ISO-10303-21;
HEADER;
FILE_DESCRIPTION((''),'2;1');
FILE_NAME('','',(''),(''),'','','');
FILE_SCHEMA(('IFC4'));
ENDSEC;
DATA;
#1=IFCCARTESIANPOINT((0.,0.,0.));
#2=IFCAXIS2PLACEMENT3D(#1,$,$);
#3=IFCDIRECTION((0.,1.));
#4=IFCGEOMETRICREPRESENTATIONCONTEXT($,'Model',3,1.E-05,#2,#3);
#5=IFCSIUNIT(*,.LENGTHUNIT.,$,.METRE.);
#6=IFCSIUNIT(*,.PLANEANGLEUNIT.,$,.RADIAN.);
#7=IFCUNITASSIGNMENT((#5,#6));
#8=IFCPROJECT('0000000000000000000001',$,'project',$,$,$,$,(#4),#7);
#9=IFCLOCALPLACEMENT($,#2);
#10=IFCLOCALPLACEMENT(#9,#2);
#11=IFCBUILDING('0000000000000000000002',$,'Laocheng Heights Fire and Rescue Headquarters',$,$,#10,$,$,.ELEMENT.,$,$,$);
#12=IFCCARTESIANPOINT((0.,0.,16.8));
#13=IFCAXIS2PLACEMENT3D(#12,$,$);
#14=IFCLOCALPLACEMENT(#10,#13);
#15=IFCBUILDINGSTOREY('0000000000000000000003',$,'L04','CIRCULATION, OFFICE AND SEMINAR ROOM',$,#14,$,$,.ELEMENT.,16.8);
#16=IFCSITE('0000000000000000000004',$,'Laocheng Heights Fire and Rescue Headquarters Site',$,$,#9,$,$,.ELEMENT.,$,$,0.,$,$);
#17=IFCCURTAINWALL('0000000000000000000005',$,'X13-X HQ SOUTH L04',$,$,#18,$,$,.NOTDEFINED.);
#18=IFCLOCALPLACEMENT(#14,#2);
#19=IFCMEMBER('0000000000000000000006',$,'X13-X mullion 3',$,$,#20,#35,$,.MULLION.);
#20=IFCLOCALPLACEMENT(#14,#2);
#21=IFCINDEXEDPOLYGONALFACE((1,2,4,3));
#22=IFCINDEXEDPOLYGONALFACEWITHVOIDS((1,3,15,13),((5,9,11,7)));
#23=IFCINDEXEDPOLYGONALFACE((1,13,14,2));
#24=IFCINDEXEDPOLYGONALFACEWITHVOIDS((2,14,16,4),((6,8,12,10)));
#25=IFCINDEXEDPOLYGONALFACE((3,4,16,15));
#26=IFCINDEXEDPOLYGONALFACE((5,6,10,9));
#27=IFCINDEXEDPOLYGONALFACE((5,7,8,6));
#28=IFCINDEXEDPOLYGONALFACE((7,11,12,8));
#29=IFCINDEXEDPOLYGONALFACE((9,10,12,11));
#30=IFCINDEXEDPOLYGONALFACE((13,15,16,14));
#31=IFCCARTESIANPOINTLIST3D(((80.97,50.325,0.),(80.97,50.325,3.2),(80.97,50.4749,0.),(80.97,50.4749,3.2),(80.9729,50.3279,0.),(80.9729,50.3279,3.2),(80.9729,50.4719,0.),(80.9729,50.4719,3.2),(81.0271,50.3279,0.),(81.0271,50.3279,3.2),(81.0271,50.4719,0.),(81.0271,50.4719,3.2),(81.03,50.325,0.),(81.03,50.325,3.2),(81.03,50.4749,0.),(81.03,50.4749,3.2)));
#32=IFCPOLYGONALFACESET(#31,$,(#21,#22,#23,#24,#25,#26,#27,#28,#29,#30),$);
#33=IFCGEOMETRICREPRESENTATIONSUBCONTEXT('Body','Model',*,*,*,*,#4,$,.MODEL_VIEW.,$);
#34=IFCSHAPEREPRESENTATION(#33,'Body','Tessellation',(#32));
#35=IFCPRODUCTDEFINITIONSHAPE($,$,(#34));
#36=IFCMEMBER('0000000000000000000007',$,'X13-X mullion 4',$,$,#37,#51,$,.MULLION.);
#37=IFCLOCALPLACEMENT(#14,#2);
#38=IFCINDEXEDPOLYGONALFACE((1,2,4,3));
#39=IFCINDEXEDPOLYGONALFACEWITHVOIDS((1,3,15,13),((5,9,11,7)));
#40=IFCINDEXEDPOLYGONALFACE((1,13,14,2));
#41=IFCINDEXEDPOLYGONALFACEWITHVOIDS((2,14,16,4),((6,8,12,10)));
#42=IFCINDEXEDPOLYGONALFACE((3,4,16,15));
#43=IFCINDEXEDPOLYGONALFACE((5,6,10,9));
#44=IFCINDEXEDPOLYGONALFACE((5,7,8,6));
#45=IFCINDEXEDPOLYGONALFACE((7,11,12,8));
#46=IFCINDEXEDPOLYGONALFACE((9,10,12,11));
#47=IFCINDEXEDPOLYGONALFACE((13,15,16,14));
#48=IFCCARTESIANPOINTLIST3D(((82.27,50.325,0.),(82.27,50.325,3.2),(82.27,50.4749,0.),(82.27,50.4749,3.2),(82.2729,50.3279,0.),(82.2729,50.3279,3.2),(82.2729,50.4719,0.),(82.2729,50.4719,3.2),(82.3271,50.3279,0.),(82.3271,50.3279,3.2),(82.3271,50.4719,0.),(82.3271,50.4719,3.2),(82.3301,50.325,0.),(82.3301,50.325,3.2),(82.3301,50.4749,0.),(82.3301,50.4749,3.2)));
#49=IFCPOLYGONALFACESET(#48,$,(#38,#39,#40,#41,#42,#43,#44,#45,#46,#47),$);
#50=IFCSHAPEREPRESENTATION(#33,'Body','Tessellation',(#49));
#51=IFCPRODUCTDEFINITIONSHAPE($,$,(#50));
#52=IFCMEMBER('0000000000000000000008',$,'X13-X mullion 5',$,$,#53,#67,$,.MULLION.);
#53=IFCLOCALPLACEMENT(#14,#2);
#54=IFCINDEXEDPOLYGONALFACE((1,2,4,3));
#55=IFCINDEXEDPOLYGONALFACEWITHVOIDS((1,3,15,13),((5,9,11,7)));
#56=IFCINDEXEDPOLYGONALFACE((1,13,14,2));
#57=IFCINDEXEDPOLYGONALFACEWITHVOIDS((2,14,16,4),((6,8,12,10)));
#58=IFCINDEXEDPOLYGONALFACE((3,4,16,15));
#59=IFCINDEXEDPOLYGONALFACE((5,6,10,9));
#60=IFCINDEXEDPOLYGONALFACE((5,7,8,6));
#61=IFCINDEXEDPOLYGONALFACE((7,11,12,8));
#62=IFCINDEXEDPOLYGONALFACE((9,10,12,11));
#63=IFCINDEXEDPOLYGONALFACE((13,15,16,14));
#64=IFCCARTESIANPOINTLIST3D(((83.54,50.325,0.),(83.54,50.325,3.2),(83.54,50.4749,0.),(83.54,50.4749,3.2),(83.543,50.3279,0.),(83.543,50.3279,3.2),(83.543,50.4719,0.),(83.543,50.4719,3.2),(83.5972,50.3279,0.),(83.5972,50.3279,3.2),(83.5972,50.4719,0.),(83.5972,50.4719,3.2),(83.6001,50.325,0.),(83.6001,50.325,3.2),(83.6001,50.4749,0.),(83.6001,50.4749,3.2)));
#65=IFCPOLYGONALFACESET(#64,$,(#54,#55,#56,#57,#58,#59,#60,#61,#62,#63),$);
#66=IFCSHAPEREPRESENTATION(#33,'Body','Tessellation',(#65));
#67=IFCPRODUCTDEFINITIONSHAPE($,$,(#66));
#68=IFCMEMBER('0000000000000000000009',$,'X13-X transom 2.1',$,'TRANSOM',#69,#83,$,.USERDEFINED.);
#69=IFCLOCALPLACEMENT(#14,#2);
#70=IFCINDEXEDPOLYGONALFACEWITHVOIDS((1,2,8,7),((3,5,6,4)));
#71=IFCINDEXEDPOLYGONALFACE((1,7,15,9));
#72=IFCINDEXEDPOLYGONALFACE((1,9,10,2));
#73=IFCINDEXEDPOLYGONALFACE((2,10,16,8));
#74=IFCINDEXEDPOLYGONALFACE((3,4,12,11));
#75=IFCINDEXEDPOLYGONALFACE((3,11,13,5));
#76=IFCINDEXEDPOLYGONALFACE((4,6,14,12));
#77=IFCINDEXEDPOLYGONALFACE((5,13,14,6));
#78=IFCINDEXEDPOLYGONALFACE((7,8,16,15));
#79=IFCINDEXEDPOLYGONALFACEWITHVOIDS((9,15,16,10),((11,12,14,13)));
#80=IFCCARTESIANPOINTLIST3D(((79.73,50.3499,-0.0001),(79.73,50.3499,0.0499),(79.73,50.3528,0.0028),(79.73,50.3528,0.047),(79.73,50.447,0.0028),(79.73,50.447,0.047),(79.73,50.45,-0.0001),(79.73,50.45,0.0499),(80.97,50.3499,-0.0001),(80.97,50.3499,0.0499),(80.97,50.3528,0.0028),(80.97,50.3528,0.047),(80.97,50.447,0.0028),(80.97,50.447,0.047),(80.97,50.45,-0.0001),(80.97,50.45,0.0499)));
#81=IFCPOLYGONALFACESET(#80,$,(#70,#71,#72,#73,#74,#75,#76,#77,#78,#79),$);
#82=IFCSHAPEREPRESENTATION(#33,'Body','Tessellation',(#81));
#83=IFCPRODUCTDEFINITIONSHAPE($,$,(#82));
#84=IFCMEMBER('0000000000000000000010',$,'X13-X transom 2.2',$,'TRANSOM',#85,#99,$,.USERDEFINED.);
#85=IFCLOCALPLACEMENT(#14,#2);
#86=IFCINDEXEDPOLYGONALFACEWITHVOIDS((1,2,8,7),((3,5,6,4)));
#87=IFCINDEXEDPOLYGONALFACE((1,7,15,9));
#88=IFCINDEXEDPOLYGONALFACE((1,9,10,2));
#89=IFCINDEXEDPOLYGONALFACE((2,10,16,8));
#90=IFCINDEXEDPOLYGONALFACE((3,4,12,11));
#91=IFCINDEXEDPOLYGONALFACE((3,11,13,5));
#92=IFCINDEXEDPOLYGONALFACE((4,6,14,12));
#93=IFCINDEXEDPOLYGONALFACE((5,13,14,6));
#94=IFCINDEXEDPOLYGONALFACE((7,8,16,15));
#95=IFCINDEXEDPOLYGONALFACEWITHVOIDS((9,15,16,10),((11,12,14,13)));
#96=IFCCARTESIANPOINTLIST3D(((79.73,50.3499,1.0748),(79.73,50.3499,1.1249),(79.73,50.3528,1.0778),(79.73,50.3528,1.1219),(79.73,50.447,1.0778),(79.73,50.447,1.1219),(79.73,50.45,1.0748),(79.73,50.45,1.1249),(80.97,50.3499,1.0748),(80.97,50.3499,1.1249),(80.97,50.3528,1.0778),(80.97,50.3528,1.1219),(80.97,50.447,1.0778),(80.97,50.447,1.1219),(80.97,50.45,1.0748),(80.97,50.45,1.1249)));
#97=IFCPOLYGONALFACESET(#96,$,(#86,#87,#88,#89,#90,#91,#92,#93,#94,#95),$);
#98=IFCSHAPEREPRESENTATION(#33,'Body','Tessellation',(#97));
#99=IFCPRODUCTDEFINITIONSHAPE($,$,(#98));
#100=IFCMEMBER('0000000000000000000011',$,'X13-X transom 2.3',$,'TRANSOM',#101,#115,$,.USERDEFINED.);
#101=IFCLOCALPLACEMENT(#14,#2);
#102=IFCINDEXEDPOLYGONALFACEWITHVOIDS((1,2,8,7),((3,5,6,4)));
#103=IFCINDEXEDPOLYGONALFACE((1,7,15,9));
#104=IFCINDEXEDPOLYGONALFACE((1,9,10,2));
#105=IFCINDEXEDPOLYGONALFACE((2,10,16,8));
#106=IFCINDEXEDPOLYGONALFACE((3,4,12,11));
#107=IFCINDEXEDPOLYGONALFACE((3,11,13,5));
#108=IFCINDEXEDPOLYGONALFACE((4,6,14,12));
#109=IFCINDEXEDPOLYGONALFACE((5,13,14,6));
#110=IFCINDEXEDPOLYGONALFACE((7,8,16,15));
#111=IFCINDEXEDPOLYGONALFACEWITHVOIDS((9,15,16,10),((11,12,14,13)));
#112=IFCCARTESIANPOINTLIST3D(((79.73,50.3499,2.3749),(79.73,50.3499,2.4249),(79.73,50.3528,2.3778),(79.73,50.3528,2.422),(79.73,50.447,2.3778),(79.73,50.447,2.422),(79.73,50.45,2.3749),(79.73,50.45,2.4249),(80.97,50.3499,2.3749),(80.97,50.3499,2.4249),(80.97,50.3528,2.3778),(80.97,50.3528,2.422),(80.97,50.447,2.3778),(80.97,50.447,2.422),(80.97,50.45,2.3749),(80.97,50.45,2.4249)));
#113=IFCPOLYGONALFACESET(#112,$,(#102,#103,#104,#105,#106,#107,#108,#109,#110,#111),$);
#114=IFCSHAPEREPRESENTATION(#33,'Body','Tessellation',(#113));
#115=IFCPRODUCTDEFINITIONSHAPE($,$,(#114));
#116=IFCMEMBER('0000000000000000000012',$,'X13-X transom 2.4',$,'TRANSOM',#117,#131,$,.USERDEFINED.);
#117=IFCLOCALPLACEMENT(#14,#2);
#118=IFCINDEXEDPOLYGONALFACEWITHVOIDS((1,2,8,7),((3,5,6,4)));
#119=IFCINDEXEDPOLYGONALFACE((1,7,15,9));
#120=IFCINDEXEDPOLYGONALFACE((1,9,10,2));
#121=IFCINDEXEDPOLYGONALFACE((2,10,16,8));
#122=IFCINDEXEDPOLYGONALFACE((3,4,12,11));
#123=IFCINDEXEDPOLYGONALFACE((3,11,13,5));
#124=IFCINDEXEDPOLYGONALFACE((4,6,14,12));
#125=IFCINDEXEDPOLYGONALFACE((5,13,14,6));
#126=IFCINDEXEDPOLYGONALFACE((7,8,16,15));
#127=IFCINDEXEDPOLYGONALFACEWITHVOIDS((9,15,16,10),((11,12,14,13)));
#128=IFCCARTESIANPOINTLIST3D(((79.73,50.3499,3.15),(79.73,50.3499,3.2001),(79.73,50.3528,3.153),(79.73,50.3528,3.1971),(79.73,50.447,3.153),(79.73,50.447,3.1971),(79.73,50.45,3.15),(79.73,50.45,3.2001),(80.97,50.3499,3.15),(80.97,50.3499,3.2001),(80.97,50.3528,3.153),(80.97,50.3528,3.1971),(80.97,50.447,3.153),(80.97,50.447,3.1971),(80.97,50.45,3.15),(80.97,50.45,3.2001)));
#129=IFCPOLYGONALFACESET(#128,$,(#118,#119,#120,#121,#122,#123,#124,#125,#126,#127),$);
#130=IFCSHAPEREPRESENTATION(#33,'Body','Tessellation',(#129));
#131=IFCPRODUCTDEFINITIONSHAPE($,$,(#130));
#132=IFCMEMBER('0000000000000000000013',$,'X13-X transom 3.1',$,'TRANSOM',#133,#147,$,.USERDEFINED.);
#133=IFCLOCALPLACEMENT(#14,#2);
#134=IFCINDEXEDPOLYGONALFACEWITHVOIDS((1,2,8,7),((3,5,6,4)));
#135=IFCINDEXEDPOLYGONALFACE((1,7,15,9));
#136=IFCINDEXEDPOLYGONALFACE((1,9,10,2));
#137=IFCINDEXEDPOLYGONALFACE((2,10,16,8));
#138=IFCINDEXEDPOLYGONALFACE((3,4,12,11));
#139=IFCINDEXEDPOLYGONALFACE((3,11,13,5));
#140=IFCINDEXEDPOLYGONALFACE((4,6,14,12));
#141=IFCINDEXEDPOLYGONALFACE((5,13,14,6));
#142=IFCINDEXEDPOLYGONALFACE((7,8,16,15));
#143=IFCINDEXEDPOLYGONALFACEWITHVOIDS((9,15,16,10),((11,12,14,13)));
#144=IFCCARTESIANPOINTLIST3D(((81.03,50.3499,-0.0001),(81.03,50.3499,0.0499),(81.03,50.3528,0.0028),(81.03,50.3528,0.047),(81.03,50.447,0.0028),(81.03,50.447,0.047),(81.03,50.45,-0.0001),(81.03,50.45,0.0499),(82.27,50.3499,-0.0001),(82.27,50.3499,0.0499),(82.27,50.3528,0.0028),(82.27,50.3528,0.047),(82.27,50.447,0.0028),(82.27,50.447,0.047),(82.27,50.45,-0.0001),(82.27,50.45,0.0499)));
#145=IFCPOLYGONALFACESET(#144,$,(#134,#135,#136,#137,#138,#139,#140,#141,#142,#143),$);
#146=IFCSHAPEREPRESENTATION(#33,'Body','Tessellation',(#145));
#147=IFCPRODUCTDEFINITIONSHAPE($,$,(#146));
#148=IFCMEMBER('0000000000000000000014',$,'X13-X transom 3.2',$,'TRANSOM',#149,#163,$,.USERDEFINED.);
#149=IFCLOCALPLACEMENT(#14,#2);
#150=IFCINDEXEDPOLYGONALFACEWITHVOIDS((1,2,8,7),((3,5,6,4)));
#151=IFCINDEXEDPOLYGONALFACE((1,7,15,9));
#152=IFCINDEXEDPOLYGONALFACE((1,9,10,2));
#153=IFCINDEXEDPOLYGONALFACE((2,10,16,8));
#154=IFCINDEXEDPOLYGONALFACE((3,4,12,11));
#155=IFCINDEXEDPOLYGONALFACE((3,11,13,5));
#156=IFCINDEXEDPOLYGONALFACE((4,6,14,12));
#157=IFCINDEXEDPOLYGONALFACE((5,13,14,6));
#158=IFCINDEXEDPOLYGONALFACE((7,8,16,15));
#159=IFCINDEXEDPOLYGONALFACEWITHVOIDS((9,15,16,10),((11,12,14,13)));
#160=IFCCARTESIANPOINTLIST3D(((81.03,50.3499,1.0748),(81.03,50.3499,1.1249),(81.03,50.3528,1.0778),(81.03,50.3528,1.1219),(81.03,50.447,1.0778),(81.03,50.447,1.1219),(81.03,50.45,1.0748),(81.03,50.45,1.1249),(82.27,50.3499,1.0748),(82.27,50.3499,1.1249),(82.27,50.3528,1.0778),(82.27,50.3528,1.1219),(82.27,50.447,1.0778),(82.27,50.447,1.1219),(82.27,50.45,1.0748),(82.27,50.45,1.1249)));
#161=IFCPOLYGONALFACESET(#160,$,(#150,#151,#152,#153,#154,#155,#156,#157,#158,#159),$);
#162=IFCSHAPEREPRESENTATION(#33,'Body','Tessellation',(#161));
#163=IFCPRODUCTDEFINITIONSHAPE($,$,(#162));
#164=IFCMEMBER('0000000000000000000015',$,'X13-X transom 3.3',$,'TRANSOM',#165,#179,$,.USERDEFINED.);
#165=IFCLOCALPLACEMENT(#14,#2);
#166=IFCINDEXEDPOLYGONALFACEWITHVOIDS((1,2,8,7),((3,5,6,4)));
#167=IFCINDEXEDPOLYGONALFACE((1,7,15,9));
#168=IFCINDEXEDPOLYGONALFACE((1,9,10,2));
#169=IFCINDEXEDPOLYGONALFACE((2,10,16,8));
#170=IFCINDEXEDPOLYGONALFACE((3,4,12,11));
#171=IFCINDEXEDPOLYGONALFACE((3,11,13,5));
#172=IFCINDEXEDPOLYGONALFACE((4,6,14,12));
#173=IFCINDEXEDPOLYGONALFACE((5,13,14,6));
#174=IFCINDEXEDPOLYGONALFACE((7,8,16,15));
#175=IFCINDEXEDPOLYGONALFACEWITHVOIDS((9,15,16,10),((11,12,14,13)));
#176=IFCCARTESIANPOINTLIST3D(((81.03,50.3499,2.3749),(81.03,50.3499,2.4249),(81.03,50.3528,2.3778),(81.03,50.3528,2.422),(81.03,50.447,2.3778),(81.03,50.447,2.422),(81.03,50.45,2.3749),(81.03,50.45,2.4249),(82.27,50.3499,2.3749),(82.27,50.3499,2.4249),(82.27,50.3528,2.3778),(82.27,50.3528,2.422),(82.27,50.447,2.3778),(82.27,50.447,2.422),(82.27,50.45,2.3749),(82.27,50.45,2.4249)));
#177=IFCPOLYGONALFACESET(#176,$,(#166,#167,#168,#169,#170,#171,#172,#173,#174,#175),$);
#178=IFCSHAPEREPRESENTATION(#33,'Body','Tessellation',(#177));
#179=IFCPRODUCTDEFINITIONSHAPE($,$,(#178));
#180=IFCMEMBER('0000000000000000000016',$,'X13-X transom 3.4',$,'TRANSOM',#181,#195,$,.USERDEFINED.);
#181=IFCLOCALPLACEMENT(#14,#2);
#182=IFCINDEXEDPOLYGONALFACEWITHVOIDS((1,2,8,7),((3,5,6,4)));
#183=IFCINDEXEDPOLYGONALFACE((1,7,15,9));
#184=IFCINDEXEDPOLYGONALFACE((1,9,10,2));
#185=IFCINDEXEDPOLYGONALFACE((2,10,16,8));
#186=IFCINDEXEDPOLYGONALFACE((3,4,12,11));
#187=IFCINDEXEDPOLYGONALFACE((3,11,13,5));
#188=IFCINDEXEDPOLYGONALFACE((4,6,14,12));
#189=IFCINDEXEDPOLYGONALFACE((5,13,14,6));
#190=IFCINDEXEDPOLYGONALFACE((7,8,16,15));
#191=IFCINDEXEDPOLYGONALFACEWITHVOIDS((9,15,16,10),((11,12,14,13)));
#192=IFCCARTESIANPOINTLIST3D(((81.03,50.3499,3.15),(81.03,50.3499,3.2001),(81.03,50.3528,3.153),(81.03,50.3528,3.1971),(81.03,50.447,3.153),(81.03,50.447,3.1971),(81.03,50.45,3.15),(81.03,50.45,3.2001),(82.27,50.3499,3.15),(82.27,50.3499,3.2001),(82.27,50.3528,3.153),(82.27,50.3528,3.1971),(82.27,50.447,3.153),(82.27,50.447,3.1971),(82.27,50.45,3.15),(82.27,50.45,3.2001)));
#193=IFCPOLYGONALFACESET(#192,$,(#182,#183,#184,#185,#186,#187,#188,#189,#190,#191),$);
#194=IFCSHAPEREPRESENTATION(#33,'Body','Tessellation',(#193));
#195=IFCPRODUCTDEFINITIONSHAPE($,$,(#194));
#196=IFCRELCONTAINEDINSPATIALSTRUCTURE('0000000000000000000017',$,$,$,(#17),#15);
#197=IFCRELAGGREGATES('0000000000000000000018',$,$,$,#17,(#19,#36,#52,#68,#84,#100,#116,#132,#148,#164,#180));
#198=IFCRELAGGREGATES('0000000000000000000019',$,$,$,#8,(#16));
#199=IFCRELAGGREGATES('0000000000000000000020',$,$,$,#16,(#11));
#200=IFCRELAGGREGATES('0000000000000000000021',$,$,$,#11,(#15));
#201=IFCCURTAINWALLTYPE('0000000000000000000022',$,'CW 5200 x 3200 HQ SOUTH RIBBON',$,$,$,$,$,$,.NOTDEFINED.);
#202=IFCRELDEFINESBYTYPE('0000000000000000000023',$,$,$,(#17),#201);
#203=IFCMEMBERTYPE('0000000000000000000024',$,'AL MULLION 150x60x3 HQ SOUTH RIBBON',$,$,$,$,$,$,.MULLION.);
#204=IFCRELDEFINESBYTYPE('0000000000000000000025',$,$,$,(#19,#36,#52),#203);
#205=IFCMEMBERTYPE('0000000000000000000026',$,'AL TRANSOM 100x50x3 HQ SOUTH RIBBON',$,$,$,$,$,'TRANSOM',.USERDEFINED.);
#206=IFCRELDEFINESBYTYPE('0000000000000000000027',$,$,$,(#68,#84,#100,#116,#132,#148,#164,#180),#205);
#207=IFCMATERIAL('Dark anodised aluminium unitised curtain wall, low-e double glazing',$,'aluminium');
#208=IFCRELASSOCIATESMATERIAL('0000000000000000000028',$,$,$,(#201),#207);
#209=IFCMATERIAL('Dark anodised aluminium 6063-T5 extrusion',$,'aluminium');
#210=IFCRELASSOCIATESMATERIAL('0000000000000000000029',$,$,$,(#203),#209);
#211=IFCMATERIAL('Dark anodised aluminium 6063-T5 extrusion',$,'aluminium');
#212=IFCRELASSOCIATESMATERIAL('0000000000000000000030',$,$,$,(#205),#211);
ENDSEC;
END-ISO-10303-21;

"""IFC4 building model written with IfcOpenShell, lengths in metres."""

from ifc_helpers import new_model, si_unit, direction, frame, origin, origin_2d, place, context, subcontext, project, spatial, hollow_rectangle, extrude, material, material_profile, profile_set, type_object, element, aggregate, save


model = new_model("IFC4")

# Units and contexts
model_context = context("Model", 3, precision=1e-05, world=origin(), true_north=direction((0.0, 1.0)))
body_context = subcontext(model_context, "Body", "Model", "MODEL_VIEW")
ifc_project = project(units=[si_unit("LENGTHUNIT", "METRE"), si_unit("PLANEANGLEUNIT", "RADIAN")], contexts=[model_context])

# Site, building, storey
site_placement = place(None, origin())
site = spatial("IfcSite", under=ifc_project, at=site_placement, Name="Laocheng Heights Fire and Rescue Headquarters Site", CompositionType="ELEMENT", RefElevation=0.0)
building_placement = place(site_placement, origin())
building = spatial("IfcBuilding", under=site, at=building_placement, Name="Laocheng Heights Fire and Rescue Headquarters", CompositionType="ELEMENT")
storey_placement = place(building_placement, frame((0.0, 0.0, 16.8)))
storey = spatial("IfcBuildingStorey", under=building, at=storey_placement, Name="L04", Description="CIRCULATION, OFFICE AND SEMINAR ROOM", CompositionType="ELEMENT", Elevation=16.8)

# Curtain wall, members
ifc_material_1 = material(Name="Dark anodised aluminium unitised curtain wall, low-e double glazing", Category="aluminium")
curtain_wall_type = type_object("IfcCurtainWallType", Name="CW 5200 x 3200 HQ SOUTH RIBBON", PredefinedType="NOTDEFINED", material=ifc_material_1)
curtain_wall_placement = place(storey_placement, origin())
curtain_wall = element("IfcCurtainWall", 1, at=curtain_wall_placement, inside=storey, type_object=curtain_wall_type, Name="X13-X HQ SOUTH L04", PredefinedType="NOTDEFINED")
ifc_material_2 = material(Name="Dark anodised aluminium 6063-T5 extrusion", Category="aluminium")
ifc_material_profile_1 = material_profile(ifc_material_2, hollow_rectangle(XDim=0.1499, YDim=0.0601, WallThickness=0.0029, at=origin_2d()), Name="AL MULLION 150x60x3 HQ SOUTH RIBBON")
ifc_profile_set_1 = profile_set([ifc_material_profile_1], Name="Dark anodised aluminium 6063-T5 extrusion")
member_type_1 = type_object("IfcMemberType", Name="AL MULLION 150x60x3 HQ SOUTH RIBBON", PredefinedType="MULLION", material=ifc_profile_set_1)
member_1_placement = place(storey_placement, frame((81.0, 50.3999, 0.0), z_axis=(0.0, 0.0, 1.0), x_axis=(0.0, 1.0, 0.0)))
member_1 = element("IfcMember", 2, at=member_1_placement, type_object=member_type_1, Name="X13-X mullion 3", PredefinedType="MULLION", context=body_context, shape_type="SweptSolid", body=[
    extrude(hollow_rectangle(XDim=0.1499, YDim=0.0601, WallThickness=0.0029, at=origin_2d()), origin(), (0.0, 0.0, 1.0), 3.2),
])
member_2_placement = place(storey_placement, frame((82.3, 50.3999, 0.0), z_axis=(0.0, 0.0, 1.0), x_axis=(0.0, 1.0, 0.0)))
member_2 = element("IfcMember", 3, at=member_2_placement, type_object=member_type_1, Name="X13-X mullion 4", PredefinedType="MULLION", context=body_context, shape_type="SweptSolid", body=[
    extrude(hollow_rectangle(XDim=0.1499, YDim=0.0601, WallThickness=0.0029, at=origin_2d()), origin(), (0.0, 0.0, 1.0), 3.2),
])
member_3_placement = place(storey_placement, frame((83.5701, 50.3999, 0.0), z_axis=(0.0, 0.0, 1.0), x_axis=(0.0, 1.0, 0.0)))
member_3 = element("IfcMember", 4, at=member_3_placement, type_object=member_type_1, Name="X13-X mullion 5", PredefinedType="MULLION", context=body_context, shape_type="SweptSolid", body=[
    extrude(hollow_rectangle(XDim=0.1499, YDim=0.0601, WallThickness=0.0029, at=origin_2d()), origin(), (0.0, 0.0, 1.0), 3.2),
])
ifc_material_3 = material(Name="Dark anodised aluminium 6063-T5 extrusion", Category="aluminium")
ifc_material_profile_2 = material_profile(ifc_material_3, hollow_rectangle(XDim=0.1001, YDim=0.05, WallThickness=0.0029, at=origin_2d()), Name="AL TRANSOM 100x50x3 HQ SOUTH RIBBON")
ifc_profile_set_2 = profile_set([ifc_material_profile_2], Name="Dark anodised aluminium 6063-T5 extrusion")
member_type_2 = type_object("IfcMemberType", Name="AL TRANSOM 100x50x3 HQ SOUTH RIBBON", ElementType="TRANSOM", PredefinedType="USERDEFINED", material=ifc_profile_set_2)
member_4_placement = place(storey_placement, frame((79.73, 50.3999, 0.0249), z_axis=(1.0, 0.0, 0.0), x_axis=(0.0, 1.0, 0.0)))
member_4 = element("IfcMember", 5, at=member_4_placement, type_object=member_type_2, Name="X13-X transom 2.1", ObjectType="TRANSOM", PredefinedType="USERDEFINED", context=body_context, shape_type="SweptSolid", body=[
    extrude(hollow_rectangle(XDim=0.1001, YDim=0.05, WallThickness=0.0029, at=origin_2d()), origin(), (0.0, 0.0, 1.0), 1.24),
])
member_5_placement = place(storey_placement, frame((79.73, 50.3999, 1.0999), z_axis=(1.0, 0.0, 0.0), x_axis=(0.0, 1.0, 0.0)))
member_5 = element("IfcMember", 6, at=member_5_placement, type_object=member_type_2, Name="X13-X transom 2.2", ObjectType="TRANSOM", PredefinedType="USERDEFINED", context=body_context, shape_type="SweptSolid", body=[
    extrude(hollow_rectangle(XDim=0.1001, YDim=0.05, WallThickness=0.0029, at=origin_2d()), origin(), (0.0, 0.0, 1.0), 1.24),
])
member_6_placement = place(storey_placement, frame((79.73, 50.3999, 2.3999), z_axis=(1.0, 0.0, 0.0), x_axis=(0.0, 1.0, 0.0)))
member_6 = element("IfcMember", 7, at=member_6_placement, type_object=member_type_2, Name="X13-X transom 2.3", ObjectType="TRANSOM", PredefinedType="USERDEFINED", context=body_context, shape_type="SweptSolid", body=[
    extrude(hollow_rectangle(XDim=0.1001, YDim=0.05, WallThickness=0.0029, at=origin_2d()), origin(), (0.0, 0.0, 1.0), 1.24),
])
member_7_placement = place(storey_placement, frame((79.73, 50.3999, 3.175), z_axis=(1.0, 0.0, 0.0), x_axis=(0.0, 1.0, 0.0)))
member_7 = element("IfcMember", 8, at=member_7_placement, type_object=member_type_2, Name="X13-X transom 2.4", ObjectType="TRANSOM", PredefinedType="USERDEFINED", context=body_context, shape_type="SweptSolid", body=[
    extrude(hollow_rectangle(XDim=0.1001, YDim=0.05, WallThickness=0.0029, at=origin_2d()), origin(), (0.0, 0.0, 1.0), 1.24),
])
member_8_placement = place(storey_placement, frame((81.03, 50.3999, 0.0249), z_axis=(1.0, 0.0, 0.0), x_axis=(0.0, 1.0, 0.0)))
member_8 = element("IfcMember", 9, at=member_8_placement, type_object=member_type_2, Name="X13-X transom 3.1", ObjectType="TRANSOM", PredefinedType="USERDEFINED", context=body_context, shape_type="SweptSolid", body=[
    extrude(hollow_rectangle(XDim=0.1001, YDim=0.05, WallThickness=0.0029, at=origin_2d()), origin(), (0.0, 0.0, 1.0), 1.24),
])
member_9_placement = place(storey_placement, frame((81.03, 50.3999, 1.0999), z_axis=(1.0, 0.0, 0.0), x_axis=(0.0, 1.0, 0.0)))
member_9 = element("IfcMember", 10, at=member_9_placement, type_object=member_type_2, Name="X13-X transom 3.2", ObjectType="TRANSOM", PredefinedType="USERDEFINED", context=body_context, shape_type="SweptSolid", body=[
    extrude(hollow_rectangle(XDim=0.1001, YDim=0.05, WallThickness=0.0029, at=origin_2d()), origin(), (0.0, 0.0, 1.0), 1.24),
])
member_10_placement = place(storey_placement, frame((81.03, 50.3999, 2.3999), z_axis=(1.0, 0.0, 0.0), x_axis=(0.0, 1.0, 0.0)))
member_10 = element("IfcMember", 11, at=member_10_placement, type_object=member_type_2, Name="X13-X transom 3.3", ObjectType="TRANSOM", PredefinedType="USERDEFINED", context=body_context, shape_type="SweptSolid", body=[
    extrude(hollow_rectangle(XDim=0.1001, YDim=0.05, WallThickness=0.0029, at=origin_2d()), origin(), (0.0, 0.0, 1.0), 1.24),
])
member_11_placement = place(storey_placement, frame((81.03, 50.3999, 3.175), z_axis=(1.0, 0.0, 0.0), x_axis=(0.0, 1.0, 0.0)))
member_11 = element("IfcMember", 12, at=member_11_placement, type_object=member_type_2, Name="X13-X transom 3.4", ObjectType="TRANSOM", PredefinedType="USERDEFINED", context=body_context, shape_type="SweptSolid", body=[
    extrude(hollow_rectangle(XDim=0.1001, YDim=0.05, WallThickness=0.0029, at=origin_2d()), origin(), (0.0, 0.0, 1.0), 1.24),
])
aggregate(curtain_wall, [member_1, member_2, member_3, member_4, member_5, member_6, member_7, member_8, member_9, member_10, member_11])

save(model, "model.ifc")
